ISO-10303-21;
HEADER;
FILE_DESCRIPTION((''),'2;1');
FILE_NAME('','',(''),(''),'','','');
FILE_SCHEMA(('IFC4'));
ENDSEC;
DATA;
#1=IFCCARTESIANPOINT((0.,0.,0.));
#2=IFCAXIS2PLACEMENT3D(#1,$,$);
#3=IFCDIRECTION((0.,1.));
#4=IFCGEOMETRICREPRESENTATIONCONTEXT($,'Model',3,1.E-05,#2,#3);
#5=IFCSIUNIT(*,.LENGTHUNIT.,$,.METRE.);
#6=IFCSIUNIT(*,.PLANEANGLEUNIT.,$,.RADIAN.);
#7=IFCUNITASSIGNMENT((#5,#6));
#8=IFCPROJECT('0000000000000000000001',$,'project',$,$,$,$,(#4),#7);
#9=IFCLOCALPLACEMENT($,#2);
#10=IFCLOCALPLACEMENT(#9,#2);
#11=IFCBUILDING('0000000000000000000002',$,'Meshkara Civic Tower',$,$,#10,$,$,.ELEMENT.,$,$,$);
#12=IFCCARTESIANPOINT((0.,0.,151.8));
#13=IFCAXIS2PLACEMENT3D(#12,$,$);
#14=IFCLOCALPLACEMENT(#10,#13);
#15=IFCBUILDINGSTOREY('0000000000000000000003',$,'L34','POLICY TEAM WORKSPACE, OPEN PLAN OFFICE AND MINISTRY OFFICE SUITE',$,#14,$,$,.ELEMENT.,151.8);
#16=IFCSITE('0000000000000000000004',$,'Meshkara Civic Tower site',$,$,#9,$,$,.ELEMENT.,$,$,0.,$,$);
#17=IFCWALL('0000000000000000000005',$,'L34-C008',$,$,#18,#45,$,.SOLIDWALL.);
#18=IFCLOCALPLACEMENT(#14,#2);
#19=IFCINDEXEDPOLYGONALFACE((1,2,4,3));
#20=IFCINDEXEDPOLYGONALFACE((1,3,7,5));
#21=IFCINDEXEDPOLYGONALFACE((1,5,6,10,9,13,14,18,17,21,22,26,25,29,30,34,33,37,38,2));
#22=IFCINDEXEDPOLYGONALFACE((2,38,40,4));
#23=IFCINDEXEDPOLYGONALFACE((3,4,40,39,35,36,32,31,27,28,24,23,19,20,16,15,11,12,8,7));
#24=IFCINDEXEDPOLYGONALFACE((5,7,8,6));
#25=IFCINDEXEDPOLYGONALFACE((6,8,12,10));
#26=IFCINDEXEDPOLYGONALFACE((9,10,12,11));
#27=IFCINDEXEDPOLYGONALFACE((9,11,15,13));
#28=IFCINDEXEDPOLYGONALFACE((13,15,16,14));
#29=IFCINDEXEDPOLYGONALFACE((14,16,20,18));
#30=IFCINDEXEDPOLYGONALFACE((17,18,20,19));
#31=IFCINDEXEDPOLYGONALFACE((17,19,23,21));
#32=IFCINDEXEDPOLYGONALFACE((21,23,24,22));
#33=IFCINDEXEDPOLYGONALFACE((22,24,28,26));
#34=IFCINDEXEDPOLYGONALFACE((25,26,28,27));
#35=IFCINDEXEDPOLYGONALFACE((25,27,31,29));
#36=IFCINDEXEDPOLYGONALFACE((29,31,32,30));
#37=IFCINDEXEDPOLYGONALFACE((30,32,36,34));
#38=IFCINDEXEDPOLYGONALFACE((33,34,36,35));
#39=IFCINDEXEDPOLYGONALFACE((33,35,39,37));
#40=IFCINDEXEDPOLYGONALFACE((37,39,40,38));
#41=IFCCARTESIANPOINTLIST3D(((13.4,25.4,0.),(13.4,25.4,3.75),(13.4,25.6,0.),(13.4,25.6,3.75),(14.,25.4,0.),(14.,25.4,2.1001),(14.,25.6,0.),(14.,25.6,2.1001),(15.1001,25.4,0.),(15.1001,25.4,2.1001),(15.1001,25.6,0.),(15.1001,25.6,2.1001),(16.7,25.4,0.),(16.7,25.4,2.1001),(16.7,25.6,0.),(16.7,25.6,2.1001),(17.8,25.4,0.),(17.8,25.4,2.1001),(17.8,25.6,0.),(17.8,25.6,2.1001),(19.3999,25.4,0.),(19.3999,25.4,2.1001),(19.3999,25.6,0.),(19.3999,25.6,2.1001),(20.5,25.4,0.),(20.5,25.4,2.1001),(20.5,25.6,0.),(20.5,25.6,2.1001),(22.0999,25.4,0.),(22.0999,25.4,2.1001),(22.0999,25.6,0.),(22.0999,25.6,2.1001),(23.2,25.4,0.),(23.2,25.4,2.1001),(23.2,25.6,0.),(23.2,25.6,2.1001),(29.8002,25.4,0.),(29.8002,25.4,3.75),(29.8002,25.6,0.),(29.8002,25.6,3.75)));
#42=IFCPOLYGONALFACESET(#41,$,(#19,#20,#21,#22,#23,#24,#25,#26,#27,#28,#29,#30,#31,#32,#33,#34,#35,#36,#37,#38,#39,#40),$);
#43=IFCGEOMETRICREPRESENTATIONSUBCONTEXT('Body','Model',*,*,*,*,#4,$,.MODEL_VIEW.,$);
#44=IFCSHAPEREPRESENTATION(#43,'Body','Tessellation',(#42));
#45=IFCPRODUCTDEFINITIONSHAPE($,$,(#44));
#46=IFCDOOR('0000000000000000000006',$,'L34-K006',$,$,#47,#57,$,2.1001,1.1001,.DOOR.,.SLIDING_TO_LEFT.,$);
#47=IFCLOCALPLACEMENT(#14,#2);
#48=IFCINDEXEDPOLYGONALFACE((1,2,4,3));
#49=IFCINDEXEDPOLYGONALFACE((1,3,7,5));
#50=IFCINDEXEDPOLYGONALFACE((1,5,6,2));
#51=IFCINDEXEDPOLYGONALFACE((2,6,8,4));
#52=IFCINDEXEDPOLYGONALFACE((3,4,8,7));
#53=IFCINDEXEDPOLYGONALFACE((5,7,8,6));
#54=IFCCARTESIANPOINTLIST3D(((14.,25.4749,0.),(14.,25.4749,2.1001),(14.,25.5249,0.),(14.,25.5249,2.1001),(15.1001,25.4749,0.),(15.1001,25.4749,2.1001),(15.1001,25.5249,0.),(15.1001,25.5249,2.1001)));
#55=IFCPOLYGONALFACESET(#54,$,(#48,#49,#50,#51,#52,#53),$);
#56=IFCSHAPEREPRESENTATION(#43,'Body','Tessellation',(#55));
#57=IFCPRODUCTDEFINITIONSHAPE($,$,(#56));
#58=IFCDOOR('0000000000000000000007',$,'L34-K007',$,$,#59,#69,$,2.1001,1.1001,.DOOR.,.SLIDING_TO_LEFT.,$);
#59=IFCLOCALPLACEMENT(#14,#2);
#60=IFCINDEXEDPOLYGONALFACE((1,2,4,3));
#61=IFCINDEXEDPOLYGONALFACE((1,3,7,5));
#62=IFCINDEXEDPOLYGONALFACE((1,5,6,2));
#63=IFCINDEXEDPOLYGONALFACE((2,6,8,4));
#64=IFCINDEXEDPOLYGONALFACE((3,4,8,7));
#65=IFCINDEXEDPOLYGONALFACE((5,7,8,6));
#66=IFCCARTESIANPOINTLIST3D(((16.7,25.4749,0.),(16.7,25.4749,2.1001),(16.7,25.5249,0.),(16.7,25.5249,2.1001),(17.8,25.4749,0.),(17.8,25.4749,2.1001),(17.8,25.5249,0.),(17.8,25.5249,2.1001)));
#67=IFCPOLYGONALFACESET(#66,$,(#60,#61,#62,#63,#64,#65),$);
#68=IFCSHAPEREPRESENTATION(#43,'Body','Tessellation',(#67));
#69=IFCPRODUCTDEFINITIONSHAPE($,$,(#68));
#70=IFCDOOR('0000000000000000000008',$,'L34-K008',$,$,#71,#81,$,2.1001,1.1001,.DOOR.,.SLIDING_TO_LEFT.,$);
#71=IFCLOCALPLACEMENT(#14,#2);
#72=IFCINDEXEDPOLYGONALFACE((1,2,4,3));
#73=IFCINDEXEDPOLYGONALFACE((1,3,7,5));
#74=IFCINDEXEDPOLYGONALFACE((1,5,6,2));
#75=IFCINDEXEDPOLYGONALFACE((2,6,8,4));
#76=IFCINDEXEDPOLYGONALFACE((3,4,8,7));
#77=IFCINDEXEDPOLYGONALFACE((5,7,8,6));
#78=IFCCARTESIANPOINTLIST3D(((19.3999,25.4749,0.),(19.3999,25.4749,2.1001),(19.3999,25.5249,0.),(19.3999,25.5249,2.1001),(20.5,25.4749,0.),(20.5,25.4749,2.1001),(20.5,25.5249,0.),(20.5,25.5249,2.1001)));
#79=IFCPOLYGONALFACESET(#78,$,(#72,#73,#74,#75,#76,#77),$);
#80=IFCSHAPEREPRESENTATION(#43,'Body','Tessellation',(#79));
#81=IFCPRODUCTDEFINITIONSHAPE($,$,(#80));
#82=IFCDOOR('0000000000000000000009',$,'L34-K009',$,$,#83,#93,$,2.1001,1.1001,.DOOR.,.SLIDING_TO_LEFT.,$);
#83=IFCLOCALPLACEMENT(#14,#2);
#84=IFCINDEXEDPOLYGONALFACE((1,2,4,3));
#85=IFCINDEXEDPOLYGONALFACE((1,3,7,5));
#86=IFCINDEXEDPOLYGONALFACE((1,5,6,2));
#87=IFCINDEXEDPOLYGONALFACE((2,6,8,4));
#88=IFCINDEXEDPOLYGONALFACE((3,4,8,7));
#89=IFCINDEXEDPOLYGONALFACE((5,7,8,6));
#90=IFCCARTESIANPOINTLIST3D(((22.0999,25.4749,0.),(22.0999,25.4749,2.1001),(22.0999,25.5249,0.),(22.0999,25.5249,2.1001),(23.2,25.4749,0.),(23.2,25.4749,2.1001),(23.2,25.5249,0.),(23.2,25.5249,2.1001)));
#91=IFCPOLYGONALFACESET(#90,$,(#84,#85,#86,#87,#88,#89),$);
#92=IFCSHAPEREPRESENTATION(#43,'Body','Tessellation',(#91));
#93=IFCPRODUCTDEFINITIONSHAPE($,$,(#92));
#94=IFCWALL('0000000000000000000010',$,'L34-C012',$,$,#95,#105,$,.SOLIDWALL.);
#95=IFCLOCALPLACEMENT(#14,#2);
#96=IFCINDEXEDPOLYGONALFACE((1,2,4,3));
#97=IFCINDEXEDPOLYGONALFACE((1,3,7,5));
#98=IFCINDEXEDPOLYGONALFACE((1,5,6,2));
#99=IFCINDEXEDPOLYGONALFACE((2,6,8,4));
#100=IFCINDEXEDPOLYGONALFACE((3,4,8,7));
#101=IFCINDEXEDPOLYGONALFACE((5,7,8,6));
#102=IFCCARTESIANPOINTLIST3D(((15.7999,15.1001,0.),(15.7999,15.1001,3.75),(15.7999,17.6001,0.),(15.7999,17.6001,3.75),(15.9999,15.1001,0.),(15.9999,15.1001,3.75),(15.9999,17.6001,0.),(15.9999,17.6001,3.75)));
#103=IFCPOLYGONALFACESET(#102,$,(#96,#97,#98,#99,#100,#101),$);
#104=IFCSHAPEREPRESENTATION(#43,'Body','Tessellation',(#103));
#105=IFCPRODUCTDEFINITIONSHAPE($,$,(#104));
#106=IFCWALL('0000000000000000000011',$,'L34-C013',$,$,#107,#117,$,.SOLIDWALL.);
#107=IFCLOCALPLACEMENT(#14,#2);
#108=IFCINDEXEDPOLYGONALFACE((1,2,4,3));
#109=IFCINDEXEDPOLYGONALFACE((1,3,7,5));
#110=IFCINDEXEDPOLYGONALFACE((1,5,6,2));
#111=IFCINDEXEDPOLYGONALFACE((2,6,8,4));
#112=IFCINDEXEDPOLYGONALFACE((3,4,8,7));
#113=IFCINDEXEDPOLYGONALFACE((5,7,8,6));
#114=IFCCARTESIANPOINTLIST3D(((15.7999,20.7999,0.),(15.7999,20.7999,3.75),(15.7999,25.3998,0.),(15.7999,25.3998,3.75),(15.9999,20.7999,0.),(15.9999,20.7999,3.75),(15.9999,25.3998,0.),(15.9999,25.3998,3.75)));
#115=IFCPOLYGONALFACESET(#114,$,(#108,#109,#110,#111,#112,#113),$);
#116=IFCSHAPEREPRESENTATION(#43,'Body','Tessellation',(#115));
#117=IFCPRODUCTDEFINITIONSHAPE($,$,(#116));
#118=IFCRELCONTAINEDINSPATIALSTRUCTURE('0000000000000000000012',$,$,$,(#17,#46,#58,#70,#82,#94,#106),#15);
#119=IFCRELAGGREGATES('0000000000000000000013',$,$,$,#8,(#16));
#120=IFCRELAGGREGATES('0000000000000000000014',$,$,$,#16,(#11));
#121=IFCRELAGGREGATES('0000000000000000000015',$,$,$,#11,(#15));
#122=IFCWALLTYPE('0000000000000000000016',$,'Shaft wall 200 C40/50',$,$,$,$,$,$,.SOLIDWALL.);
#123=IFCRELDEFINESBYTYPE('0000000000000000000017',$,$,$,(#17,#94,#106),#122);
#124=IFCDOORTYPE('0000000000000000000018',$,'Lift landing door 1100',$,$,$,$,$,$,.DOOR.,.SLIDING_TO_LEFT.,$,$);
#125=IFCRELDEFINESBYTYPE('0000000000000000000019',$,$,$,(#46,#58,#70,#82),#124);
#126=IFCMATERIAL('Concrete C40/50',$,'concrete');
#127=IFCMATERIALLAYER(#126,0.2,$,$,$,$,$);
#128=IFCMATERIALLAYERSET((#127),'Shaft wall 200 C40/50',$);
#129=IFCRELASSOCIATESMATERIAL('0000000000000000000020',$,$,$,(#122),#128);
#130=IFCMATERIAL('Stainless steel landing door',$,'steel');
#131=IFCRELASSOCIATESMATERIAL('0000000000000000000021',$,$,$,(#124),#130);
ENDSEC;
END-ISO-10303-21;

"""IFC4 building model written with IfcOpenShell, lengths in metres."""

from ifc_helpers import new_model, si_unit, direction, frame, frame_2d, origin, place, context, subcontext, project, spatial, rectangle, extrude, material, layer, layer_set, type_object, element, fill, save


model = new_model("IFC4")

# Units and contexts
model_context = context("Model", 3, precision=1e-05, world=origin(), true_north=direction((0.0, 1.0)))
body_context = subcontext(model_context, "Body", "Model", "MODEL_VIEW")
ifc_project = project(units=[si_unit("LENGTHUNIT", "METRE"), si_unit("PLANEANGLEUNIT", "RADIAN")], contexts=[model_context])

# Site, building, storey
site_placement = place(None, origin())
site = spatial("IfcSite", under=ifc_project, at=site_placement, Name="Meshkara Civic Tower site", CompositionType="ELEMENT", RefElevation=0.0)
building_placement = place(site_placement, origin())
building = spatial("IfcBuilding", under=site, at=building_placement, Name="Meshkara Civic Tower", CompositionType="ELEMENT")
storey_placement = place(building_placement, frame((0.0, 0.0, 151.8)))
storey = spatial("IfcBuildingStorey", under=building, at=storey_placement, Name="L34", Description="POLICY TEAM WORKSPACE, OPEN PLAN OFFICE AND MINISTRY OFFICE SUITE", CompositionType="ELEMENT", Elevation=151.8)

# Shared definitions
ifc_material_1 = material(Name="Concrete C40/50", Category="concrete")
ifc_layer_1 = layer(ifc_material_1, 0.2)
ifc_layer_set_1 = layer_set([ifc_layer_1], Name="Shaft wall 200 C40/50")
wall_type_1 = type_object("IfcWallType", Name="Shaft wall 200 C40/50", PredefinedType="SOLIDWALL", material=ifc_layer_set_1)
ifc_material_2 = material(Name="Stainless steel landing door", Category="steel")
door_type_1 = type_object("IfcDoorType", Name="Lift landing door 1100", OperationType="SLIDING_TO_LEFT", PredefinedType="DOOR", material=ifc_material_2)

# Wall, openings, doors
wall_1_placement = place(storey_placement, frame((13.3999, 25.5, 0.0), z_axis=(0.0, 0.0, 1.0), x_axis=(1.0, 0.0, 0.0)))
wall_1 = element("IfcWall", 1, at=wall_1_placement, inside=storey, type_object=wall_type_1, Name="L34-C008", PredefinedType="SOLIDWALL", context=body_context, shape_type="SweptSolid", body=[
    extrude(rectangle(XDim=16.4001, YDim=0.2, at=frame_2d((8.2002, 0.0))), origin(), (0.0, 0.0, 1.0), 3.75),
])
opening_1_placement = place(wall_1_placement, frame((0.6001, 0.0, 0.0)))
opening_1 = element("IfcOpeningElement", 2, at=opening_1_placement, cuts=wall_1, PredefinedType="OPENING", context=body_context, shape_type="SweptSolid", body=[
    extrude(rectangle(XDim=1.1001, YDim=2.1001, at=frame_2d((0.55, 1.05))), frame((0.0, 0.1099, 0.0), z_axis=(0.0, -1.0, 0.0), x_axis=(1.0, 0.0, 0.0)), (0.0, 0.0, 1.0), 0.22),
])
opening_2_placement = place(wall_1_placement, frame((3.3, 0.0, 0.0)))
opening_2 = element("IfcOpeningElement", 3, at=opening_2_placement, cuts=wall_1, PredefinedType="OPENING", context=body_context, shape_type="SweptSolid", body=[
    extrude(rectangle(XDim=1.1001, YDim=2.1001, at=frame_2d((0.55, 1.05))), frame((0.0, 0.1099, 0.0), z_axis=(0.0, -1.0, 0.0), x_axis=(1.0, 0.0, 0.0)), (0.0, 0.0, 1.0), 0.22),
])
opening_3_placement = place(wall_1_placement, frame((6.0, 0.0, 0.0)))
opening_3 = element("IfcOpeningElement", 4, at=opening_3_placement, cuts=wall_1, PredefinedType="OPENING", context=body_context, shape_type="SweptSolid", body=[
    extrude(rectangle(XDim=1.1001, YDim=2.1001, at=frame_2d((0.55, 1.05))), frame((0.0, 0.1099, 0.0), z_axis=(0.0, -1.0, 0.0), x_axis=(1.0, 0.0, 0.0)), (0.0, 0.0, 1.0), 0.22),
])
opening_4_placement = place(wall_1_placement, frame((8.7, 0.0, 0.0)))
opening_4 = element("IfcOpeningElement", 5, at=opening_4_placement, cuts=wall_1, PredefinedType="OPENING", context=body_context, shape_type="SweptSolid", body=[
    extrude(rectangle(XDim=1.1001, YDim=2.1001, at=frame_2d((0.55, 1.05))), frame((0.0, 0.1099, 0.0), z_axis=(0.0, -1.0, 0.0), x_axis=(1.0, 0.0, 0.0)), (0.0, 0.0, 1.0), 0.22),
])
door_1_placement = place(opening_1_placement, origin())
door_1 = element("IfcDoor", 6, at=door_1_placement, inside=storey, type_object=door_type_1, Name="L34-K006", OperationType="SLIDING_TO_LEFT", OverallHeight=2.1001, OverallWidth=1.1001, PredefinedType="DOOR", context=body_context, shape_type="SweptSolid", body=[
    extrude(rectangle(XDim=1.1001, YDim=2.1001, at=frame_2d((0.55, 1.05))), frame((0.0, 0.0249, 0.0), z_axis=(0.0, -1.0, 0.0), x_axis=(1.0, 0.0, 0.0)), (0.0, 0.0, 1.0), 0.05),
])
fill(opening_1, door_1)
door_2_placement = place(opening_2_placement, origin())
door_2 = element("IfcDoor", 7, at=door_2_placement, inside=storey, type_object=door_type_1, Name="L34-K007", OperationType="SLIDING_TO_LEFT", OverallHeight=2.1001, OverallWidth=1.1001, PredefinedType="DOOR", context=body_context, shape_type="SweptSolid", body=[
    extrude(rectangle(XDim=1.1001, YDim=2.1001, at=frame_2d((0.55, 1.05))), frame((0.0, 0.0249, 0.0), z_axis=(0.0, -1.0, 0.0), x_axis=(1.0, 0.0, 0.0)), (0.0, 0.0, 1.0), 0.05),
])
fill(opening_2, door_2)
door_3_placement = place(opening_3_placement, origin())
door_3 = element("IfcDoor", 8, at=door_3_placement, inside=storey, type_object=door_type_1, Name="L34-K008", OperationType="SLIDING_TO_LEFT", OverallHeight=2.1001, OverallWidth=1.1001, PredefinedType="DOOR", context=body_context, shape_type="SweptSolid", body=[
    extrude(rectangle(XDim=1.1001, YDim=2.1001, at=frame_2d((0.55, 1.05))), frame((0.0, 0.0249, 0.0), z_axis=(0.0, -1.0, 0.0), x_axis=(1.0, 0.0, 0.0)), (0.0, 0.0, 1.0), 0.05),
])
fill(opening_3, door_3)
door_4_placement = place(opening_4_placement, origin())
door_4 = element("IfcDoor", 9, at=door_4_placement, inside=storey, type_object=door_type_1, Name="L34-K009", OperationType="SLIDING_TO_LEFT", OverallHeight=2.1001, OverallWidth=1.1001, PredefinedType="DOOR", context=body_context, shape_type="SweptSolid", body=[
    extrude(rectangle(XDim=1.1001, YDim=2.1001, at=frame_2d((0.55, 1.05))), frame((0.0, 0.0249, 0.0), z_axis=(0.0, -1.0, 0.0), x_axis=(1.0, 0.0, 0.0)), (0.0, 0.0, 1.0), 0.05),
])
fill(opening_4, door_4)

# Walls
wall_2_placement = place(storey_placement, frame((15.8999, 15.1001, 0.0), z_axis=(0.0, 0.0, 1.0), x_axis=(0.0, 1.0, 0.0)))
element("IfcWall", 10, at=wall_2_placement, inside=storey, type_object=wall_type_1, Name="L34-C012", PredefinedType="SOLIDWALL", context=body_context, shape_type="SweptSolid", body=[
    extrude(rectangle(XDim=2.5, YDim=0.2, at=frame_2d((1.25, 0.0))), origin(), (0.0, 0.0, 1.0), 3.75),
])
wall_3_placement = place(storey_placement, frame((15.8999, 20.8, 0.0), z_axis=(0.0, 0.0, 1.0), x_axis=(0.0, 1.0, 0.0)))
element("IfcWall", 11, at=wall_3_placement, inside=storey, type_object=wall_type_1, Name="L34-C013", PredefinedType="SOLIDWALL", context=body_context, shape_type="SweptSolid", body=[
    extrude(rectangle(XDim=4.5999, YDim=0.2, at=frame_2d((2.2998, 0.0))), origin(), (0.0, 0.0, 1.0), 3.75),
])

save(model, "model.ifc")
